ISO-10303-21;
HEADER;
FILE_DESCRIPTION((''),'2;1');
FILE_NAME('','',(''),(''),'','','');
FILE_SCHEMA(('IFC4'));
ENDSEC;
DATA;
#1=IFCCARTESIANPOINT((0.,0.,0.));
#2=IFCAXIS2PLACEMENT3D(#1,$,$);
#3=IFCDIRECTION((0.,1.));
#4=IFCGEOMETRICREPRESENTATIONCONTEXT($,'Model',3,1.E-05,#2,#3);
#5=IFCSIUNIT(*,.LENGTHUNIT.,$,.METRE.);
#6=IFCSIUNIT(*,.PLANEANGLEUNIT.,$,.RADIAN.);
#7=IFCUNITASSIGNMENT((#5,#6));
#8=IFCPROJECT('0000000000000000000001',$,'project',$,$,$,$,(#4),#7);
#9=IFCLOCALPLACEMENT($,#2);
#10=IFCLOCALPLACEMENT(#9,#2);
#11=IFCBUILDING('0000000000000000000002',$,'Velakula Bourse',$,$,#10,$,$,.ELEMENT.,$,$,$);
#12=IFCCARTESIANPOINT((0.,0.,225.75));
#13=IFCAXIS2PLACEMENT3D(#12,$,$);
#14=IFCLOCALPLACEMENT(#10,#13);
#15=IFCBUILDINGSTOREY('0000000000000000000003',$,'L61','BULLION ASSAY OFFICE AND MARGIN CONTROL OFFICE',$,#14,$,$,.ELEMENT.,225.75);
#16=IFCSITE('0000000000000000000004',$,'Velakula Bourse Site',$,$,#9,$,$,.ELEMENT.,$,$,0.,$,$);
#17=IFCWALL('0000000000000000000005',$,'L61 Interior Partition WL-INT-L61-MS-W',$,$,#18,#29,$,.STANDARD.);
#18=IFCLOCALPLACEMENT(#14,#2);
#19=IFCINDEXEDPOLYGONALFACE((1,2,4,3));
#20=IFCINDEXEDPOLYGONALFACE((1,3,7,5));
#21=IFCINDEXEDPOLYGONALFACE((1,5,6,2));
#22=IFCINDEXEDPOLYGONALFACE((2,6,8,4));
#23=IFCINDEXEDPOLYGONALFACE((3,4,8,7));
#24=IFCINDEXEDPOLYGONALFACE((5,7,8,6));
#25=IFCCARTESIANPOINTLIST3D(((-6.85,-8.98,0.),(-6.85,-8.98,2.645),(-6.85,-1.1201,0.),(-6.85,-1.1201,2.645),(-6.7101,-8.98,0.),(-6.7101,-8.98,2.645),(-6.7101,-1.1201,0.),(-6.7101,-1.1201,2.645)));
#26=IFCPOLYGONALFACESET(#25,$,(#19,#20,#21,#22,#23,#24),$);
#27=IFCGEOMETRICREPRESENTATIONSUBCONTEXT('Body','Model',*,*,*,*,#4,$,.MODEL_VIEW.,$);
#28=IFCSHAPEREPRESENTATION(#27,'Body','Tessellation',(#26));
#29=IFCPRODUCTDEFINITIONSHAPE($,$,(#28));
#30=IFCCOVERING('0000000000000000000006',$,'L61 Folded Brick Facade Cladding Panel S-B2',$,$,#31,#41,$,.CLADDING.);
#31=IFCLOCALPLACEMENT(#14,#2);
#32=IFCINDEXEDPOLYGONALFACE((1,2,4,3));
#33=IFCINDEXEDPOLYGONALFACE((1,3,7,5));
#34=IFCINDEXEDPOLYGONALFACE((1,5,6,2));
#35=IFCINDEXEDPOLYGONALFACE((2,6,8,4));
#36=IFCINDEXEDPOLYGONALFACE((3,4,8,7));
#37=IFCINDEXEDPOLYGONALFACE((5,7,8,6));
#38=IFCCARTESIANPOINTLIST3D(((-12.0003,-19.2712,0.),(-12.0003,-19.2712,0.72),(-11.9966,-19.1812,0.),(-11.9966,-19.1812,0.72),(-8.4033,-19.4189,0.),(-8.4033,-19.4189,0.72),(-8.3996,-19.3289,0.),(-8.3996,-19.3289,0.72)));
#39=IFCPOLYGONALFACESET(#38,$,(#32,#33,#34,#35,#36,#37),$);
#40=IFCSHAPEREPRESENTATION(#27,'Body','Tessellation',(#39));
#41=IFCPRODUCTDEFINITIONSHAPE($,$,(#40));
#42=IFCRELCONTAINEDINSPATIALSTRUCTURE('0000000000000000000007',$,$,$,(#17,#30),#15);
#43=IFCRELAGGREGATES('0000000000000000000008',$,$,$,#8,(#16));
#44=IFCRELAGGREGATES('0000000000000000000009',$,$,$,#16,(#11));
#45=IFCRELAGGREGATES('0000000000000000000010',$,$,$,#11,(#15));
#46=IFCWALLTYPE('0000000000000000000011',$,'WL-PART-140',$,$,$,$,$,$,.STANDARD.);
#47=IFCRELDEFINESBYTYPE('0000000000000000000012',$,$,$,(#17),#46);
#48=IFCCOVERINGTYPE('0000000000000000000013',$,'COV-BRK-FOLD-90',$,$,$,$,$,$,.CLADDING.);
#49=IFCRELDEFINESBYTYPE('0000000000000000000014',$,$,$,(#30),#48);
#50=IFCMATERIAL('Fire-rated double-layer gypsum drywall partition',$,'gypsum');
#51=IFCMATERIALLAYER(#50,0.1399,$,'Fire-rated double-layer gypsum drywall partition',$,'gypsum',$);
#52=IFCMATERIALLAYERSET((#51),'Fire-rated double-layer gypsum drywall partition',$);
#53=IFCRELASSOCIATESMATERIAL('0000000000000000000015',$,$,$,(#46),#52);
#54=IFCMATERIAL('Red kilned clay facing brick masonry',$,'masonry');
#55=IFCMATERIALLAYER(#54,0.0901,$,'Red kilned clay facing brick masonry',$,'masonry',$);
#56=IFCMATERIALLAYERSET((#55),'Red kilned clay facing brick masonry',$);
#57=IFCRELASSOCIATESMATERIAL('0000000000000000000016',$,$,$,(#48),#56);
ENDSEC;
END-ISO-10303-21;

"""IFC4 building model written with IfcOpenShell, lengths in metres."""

from ifc_helpers import new_model, si_unit, direction, frame, frame_2d, origin, origin_2d, place, context, subcontext, project, spatial, rectangle, extrude, material, layer, layer_set, type_object, element, save


model = new_model("IFC4")

# Units and contexts
model_context = context("Model", 3, precision=1e-05, world=origin(), true_north=direction((0.0, 1.0)))
body_context = subcontext(model_context, "Body", "Model", "MODEL_VIEW")
ifc_project = project(units=[si_unit("LENGTHUNIT", "METRE"), si_unit("PLANEANGLEUNIT", "RADIAN")], contexts=[model_context])

# Site, building, storey
site_placement = place(None, origin())
site = spatial("IfcSite", under=ifc_project, at=site_placement, Name="Velakula Bourse Site", CompositionType="ELEMENT", RefElevation=0.0)
building_placement = place(site_placement, origin())
building = spatial("IfcBuilding", under=site, at=building_placement, Name="Velakula Bourse", CompositionType="ELEMENT")
storey_placement = place(building_placement, frame((0.0, 0.0, 225.75)))
storey = spatial("IfcBuildingStorey", under=building, at=storey_placement, Name="L61", Description="BULLION ASSAY OFFICE AND MARGIN CONTROL OFFICE", CompositionType="ELEMENT", Elevation=225.75)

# Wall
ifc_material_1 = material(Name="Fire-rated double-layer gypsum drywall partition", Category="gypsum")
ifc_layer_1 = layer(ifc_material_1, 0.1399, Name="Fire-rated double-layer gypsum drywall partition", Category="gypsum")
ifc_layer_set_1 = layer_set([ifc_layer_1], Name="Fire-rated double-layer gypsum drywall partition")
wall_type_1 = type_object("IfcWallType", Name="WL-PART-140", PredefinedType="STANDARD", material=ifc_layer_set_1)
wall_1_placement = place(storey_placement, frame((-6.78, -8.98, 0.0), z_axis=(0.0, 0.0, 1.0), x_axis=(0.0, 1.0, 0.0)))
element("IfcWall", 1, at=wall_1_placement, inside=storey, type_object=wall_type_1, Name="L61 Interior Partition WL-INT-L61-MS-W", PredefinedType="STANDARD", context=body_context, shape_type="SweptSolid", body=[
    extrude(rectangle(XDim=7.8599, YDim=0.1399, at=frame_2d((3.9299, 0.0))), origin(), (0.0, 0.0, 1.0), 2.645),
])

# Covering
ifc_material_2 = material(Name="Red kilned clay facing brick masonry", Category="masonry")
ifc_layer_2 = layer(ifc_material_2, 0.0901, Name="Red kilned clay facing brick masonry", Category="masonry")
ifc_layer_set_2 = layer_set([ifc_layer_2], Name="Red kilned clay facing brick masonry")
covering_type = type_object("IfcCoveringType", Name="COV-BRK-FOLD-90", PredefinedType="CLADDING", material=ifc_layer_set_2)
covering_placement = place(storey_placement, frame((-10.2, -19.3, 0.0), z_axis=(0.0, 0.0, 1.0), x_axis=(0.999159, -0.041004, 0.0)))
element("IfcCovering", 2, at=covering_placement, inside=storey, type_object=covering_type, Name="L61 Folded Brick Facade Cladding Panel S-B2", PredefinedType="CLADDING", context=body_context, shape_type="SweptSolid", body=[
    extrude(rectangle(XDim=3.6001, YDim=0.0901, at=origin_2d()), origin(), (0.0, 0.0, 1.0), 0.72),
])

save(model, "model.ifc")
